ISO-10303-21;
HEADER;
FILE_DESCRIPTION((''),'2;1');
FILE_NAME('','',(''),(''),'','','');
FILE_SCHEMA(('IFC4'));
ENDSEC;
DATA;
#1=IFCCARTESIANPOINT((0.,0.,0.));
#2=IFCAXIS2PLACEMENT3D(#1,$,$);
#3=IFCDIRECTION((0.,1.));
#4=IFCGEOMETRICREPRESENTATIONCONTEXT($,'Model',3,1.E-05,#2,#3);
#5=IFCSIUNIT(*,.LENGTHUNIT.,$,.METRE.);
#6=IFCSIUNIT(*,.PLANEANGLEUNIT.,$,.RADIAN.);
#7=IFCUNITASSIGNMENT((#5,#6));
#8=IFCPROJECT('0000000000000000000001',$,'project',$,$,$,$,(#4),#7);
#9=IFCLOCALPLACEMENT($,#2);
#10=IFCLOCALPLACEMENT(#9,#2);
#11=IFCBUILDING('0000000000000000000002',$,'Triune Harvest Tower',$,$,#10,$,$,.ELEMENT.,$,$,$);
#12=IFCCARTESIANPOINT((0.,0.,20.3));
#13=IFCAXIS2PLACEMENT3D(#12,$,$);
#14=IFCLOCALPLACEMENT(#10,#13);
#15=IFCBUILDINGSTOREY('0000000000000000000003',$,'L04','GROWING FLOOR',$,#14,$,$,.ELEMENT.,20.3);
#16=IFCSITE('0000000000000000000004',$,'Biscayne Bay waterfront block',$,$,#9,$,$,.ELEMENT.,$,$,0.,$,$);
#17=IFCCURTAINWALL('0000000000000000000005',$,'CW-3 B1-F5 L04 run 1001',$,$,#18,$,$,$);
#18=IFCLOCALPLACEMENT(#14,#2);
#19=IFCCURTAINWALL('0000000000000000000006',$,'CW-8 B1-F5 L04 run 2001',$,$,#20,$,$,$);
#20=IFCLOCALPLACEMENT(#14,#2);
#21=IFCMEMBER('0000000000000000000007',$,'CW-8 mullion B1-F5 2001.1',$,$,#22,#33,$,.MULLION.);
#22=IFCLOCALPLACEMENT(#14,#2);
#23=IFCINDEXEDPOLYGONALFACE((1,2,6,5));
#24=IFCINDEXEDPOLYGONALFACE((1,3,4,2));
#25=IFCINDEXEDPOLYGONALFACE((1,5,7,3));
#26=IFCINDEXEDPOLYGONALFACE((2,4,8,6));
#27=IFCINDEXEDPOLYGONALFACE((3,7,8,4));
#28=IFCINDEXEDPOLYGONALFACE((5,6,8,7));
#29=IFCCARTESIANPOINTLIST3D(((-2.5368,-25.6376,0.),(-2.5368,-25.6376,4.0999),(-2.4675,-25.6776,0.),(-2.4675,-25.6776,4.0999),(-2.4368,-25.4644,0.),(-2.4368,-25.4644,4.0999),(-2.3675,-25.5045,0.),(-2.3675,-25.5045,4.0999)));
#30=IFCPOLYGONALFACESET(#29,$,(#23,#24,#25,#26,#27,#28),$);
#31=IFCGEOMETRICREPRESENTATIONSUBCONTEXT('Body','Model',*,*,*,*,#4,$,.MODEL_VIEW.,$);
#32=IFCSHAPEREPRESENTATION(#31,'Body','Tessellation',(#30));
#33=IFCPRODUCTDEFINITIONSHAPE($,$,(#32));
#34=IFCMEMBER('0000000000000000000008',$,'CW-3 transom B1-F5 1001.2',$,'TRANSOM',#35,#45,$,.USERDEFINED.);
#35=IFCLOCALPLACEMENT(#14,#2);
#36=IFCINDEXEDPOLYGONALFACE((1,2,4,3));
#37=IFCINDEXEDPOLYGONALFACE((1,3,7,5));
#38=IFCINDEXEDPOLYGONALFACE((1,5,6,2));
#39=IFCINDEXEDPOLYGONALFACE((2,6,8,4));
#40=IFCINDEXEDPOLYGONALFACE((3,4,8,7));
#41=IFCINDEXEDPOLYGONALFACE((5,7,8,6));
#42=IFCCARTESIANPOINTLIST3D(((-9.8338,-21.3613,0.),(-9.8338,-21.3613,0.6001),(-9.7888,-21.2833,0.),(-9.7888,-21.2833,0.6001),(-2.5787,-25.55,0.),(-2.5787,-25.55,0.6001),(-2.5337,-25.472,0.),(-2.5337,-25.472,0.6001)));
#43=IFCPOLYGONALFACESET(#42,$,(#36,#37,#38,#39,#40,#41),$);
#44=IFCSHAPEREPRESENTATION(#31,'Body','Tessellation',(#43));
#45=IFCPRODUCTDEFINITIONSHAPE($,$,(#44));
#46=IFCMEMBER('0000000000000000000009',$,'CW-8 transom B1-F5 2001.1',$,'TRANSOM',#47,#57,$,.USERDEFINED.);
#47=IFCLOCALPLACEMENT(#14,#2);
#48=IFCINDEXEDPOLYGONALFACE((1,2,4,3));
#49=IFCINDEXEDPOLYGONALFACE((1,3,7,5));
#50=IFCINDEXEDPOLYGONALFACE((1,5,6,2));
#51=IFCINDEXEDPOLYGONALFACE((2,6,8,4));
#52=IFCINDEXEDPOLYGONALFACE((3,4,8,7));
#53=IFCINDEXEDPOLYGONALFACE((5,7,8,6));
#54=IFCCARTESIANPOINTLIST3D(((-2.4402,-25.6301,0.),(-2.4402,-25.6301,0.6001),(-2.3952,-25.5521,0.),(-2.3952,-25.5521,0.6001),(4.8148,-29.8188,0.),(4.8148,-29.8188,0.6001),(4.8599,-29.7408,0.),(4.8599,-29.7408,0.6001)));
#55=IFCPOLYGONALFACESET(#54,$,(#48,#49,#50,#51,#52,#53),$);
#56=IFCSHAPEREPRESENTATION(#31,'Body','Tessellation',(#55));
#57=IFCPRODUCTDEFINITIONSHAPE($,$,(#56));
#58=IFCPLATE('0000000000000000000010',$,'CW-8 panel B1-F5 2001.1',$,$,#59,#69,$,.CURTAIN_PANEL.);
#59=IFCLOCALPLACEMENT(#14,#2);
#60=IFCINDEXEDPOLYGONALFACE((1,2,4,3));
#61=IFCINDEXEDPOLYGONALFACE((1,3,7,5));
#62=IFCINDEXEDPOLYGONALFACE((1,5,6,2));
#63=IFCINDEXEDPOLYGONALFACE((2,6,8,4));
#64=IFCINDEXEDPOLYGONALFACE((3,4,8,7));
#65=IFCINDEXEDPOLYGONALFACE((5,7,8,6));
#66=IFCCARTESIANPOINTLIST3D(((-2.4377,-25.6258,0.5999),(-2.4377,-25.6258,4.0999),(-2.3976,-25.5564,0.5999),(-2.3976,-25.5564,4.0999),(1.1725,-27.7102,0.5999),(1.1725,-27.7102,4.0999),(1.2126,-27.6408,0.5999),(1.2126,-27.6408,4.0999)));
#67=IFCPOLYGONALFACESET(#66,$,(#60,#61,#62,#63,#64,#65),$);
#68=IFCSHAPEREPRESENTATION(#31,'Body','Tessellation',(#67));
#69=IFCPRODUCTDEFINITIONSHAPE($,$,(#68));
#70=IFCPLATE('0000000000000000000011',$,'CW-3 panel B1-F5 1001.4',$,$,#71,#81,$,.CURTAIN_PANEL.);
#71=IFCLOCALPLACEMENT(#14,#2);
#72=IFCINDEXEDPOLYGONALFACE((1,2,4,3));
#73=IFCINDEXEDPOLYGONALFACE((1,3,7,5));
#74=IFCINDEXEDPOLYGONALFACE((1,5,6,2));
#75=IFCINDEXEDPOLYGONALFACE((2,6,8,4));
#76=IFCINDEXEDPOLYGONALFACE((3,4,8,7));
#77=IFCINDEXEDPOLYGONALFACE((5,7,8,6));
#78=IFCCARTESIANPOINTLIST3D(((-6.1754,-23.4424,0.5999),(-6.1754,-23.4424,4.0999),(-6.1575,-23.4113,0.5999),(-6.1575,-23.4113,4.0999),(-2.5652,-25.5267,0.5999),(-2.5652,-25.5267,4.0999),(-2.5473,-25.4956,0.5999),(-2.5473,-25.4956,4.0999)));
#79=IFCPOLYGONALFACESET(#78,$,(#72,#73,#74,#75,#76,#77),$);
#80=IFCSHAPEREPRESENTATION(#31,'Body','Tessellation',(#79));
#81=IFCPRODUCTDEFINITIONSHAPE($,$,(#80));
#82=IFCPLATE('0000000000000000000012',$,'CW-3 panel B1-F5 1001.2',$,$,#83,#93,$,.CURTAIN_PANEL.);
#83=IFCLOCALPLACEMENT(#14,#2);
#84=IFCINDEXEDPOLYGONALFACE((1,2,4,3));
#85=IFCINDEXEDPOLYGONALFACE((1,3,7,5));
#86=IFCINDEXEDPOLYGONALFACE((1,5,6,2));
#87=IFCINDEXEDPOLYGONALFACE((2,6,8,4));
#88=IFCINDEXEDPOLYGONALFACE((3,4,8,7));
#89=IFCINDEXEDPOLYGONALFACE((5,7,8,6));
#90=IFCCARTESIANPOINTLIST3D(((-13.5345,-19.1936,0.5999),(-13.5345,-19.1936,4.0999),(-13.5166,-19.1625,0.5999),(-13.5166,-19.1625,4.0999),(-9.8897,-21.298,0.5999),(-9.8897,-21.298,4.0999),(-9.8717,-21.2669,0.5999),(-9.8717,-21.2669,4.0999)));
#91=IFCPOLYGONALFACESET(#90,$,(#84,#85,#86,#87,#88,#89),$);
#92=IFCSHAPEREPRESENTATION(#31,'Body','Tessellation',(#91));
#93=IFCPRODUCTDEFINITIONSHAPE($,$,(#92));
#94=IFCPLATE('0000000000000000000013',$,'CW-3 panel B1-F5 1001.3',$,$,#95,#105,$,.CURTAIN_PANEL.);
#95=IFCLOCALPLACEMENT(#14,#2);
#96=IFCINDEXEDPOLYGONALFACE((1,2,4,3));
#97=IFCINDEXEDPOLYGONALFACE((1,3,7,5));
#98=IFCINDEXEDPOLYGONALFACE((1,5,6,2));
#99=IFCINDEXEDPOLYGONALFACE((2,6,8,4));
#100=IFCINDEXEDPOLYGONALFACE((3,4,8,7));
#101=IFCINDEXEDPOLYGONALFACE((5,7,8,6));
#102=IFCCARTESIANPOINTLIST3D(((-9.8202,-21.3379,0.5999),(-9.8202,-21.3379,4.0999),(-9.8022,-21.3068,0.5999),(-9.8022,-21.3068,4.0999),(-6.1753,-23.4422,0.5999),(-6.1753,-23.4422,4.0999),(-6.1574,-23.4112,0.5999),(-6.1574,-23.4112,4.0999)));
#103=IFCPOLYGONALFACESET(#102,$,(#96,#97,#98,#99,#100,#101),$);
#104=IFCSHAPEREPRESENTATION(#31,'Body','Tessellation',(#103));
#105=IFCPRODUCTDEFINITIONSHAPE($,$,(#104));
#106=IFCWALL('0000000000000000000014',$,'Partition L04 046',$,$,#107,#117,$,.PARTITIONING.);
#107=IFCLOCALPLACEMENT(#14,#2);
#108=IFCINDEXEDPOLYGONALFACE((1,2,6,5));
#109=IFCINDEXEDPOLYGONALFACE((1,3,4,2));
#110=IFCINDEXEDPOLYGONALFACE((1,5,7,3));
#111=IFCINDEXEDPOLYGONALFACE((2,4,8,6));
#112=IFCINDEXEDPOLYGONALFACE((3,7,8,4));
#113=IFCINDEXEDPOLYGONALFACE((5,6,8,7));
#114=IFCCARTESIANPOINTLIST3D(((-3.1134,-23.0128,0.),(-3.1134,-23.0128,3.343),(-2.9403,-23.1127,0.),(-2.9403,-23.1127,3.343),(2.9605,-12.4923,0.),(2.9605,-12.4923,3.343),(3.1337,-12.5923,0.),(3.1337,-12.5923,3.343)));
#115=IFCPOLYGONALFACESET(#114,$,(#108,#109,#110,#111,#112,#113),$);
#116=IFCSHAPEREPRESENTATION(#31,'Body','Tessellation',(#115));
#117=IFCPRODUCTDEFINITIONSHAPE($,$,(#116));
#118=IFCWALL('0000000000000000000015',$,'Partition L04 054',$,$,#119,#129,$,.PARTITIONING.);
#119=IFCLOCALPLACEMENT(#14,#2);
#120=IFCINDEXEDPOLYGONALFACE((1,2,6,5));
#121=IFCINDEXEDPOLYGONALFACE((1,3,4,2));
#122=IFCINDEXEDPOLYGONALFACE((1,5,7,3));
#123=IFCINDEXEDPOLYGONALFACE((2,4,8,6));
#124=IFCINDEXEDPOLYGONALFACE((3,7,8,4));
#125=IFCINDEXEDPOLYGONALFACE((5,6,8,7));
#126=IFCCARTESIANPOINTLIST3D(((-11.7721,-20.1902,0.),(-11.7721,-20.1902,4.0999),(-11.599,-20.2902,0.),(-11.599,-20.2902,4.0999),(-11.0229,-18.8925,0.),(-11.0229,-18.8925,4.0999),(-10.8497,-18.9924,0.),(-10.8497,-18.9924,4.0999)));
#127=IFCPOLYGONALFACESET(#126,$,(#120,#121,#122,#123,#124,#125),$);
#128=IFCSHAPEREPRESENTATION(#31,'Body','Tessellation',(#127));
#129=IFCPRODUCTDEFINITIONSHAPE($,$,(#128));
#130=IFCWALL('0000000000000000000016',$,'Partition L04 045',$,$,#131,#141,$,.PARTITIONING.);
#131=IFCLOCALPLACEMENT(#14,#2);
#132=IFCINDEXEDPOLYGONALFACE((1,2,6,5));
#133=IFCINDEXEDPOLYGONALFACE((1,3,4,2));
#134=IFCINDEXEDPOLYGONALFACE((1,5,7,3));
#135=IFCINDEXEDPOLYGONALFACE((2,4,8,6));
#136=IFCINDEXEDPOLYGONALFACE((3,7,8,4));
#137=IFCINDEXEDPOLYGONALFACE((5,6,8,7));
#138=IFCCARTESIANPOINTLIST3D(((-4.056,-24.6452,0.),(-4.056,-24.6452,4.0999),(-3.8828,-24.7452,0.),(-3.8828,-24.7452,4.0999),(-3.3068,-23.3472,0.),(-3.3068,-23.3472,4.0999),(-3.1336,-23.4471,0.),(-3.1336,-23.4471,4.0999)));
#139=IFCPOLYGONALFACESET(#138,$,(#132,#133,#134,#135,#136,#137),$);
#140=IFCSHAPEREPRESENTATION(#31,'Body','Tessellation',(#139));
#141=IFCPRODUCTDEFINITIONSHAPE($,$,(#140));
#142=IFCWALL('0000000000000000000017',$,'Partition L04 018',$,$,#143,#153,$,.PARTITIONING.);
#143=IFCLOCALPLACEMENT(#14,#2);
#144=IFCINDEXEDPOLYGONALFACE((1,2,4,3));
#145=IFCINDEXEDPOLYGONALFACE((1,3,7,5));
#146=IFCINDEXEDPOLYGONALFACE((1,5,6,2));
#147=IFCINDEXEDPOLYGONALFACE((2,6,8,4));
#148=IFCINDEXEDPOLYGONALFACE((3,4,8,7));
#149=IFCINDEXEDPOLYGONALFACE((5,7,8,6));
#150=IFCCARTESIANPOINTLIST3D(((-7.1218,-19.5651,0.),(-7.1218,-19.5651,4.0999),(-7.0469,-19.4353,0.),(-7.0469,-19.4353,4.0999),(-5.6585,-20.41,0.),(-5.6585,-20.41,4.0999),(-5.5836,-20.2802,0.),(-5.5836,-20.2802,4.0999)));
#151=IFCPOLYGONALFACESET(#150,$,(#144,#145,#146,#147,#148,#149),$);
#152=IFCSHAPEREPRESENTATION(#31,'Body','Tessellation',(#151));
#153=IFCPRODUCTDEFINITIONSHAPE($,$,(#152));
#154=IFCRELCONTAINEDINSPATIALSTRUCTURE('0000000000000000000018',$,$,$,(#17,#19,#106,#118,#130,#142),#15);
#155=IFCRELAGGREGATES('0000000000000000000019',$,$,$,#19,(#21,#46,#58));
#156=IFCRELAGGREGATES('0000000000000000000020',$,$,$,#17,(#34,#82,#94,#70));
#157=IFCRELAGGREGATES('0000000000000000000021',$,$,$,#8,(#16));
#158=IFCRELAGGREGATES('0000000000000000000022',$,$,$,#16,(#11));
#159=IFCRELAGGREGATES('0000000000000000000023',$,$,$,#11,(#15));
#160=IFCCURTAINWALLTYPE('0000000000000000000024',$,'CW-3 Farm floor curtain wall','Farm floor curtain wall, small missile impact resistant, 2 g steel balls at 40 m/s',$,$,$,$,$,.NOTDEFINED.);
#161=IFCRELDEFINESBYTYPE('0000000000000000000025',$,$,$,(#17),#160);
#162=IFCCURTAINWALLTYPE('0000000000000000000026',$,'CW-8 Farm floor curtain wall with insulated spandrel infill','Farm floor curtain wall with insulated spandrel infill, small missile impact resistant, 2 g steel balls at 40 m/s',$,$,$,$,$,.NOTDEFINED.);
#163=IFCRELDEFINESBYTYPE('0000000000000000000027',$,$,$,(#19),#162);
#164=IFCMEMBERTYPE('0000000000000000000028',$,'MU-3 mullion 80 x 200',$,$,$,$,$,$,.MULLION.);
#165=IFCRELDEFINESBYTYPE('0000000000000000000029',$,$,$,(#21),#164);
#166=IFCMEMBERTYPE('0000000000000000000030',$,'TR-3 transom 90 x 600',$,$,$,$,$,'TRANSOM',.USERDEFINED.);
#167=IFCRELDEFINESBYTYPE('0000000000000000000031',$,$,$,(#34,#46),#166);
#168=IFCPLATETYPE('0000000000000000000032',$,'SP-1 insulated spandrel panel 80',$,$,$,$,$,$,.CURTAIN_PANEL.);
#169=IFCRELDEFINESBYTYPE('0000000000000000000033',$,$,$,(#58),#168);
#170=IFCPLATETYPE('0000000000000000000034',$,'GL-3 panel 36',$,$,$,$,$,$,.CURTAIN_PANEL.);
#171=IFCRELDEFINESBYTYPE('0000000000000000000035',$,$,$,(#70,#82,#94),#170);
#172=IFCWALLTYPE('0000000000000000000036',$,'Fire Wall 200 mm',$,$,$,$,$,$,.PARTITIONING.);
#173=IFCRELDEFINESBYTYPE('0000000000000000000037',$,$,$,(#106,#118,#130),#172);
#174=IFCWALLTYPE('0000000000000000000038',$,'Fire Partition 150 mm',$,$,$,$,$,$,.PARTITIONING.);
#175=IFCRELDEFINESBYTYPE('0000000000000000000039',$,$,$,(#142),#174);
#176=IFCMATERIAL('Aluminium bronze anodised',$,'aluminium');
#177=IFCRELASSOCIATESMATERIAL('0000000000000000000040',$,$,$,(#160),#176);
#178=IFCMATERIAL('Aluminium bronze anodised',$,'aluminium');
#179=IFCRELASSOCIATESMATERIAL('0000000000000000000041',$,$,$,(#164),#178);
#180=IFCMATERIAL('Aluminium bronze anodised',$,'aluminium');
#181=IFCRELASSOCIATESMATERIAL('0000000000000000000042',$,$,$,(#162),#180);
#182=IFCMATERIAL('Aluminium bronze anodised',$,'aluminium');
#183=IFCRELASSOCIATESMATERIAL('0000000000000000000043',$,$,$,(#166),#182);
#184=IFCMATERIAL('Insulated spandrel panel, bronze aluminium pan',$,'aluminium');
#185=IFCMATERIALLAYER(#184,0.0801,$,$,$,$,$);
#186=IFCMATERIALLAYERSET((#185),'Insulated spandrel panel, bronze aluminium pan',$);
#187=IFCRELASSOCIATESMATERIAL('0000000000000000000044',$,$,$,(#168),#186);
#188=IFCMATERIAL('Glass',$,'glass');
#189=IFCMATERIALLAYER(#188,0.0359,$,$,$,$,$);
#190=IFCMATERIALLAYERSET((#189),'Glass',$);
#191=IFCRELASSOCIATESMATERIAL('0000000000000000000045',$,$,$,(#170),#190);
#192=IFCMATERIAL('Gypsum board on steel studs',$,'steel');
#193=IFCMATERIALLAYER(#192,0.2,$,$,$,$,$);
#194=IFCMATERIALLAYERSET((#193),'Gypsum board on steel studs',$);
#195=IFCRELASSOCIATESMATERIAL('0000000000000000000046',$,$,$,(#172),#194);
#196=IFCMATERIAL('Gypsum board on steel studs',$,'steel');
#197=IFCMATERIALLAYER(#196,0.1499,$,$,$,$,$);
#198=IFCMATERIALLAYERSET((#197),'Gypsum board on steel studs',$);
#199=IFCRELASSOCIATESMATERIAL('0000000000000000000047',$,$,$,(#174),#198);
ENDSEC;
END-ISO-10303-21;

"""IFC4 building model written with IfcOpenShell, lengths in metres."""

from ifc_helpers import new_model, si_unit, direction, frame, frame_2d, origin, origin_2d, place, context, subcontext, project, spatial, rectangle, extrude, source, transform, mapped, material, layer, layer_set, material_profile, profile_set, type_object, element, aggregate, save


model = new_model("IFC4")

# Units and contexts
model_context = context("Model", 3, precision=1e-05, world=origin(), true_north=direction((0.0, 1.0)))
body_context = subcontext(model_context, "Body", "Model", "MODEL_VIEW")
ifc_project = project(units=[si_unit("LENGTHUNIT", "METRE"), si_unit("PLANEANGLEUNIT", "RADIAN")], contexts=[model_context])

# Site, building, storey
site_placement = place(None, origin())
site = spatial("IfcSite", under=ifc_project, at=site_placement, Name="Biscayne Bay waterfront block", CompositionType="ELEMENT", RefElevation=0.0)
building_placement = place(site_placement, origin())
building = spatial("IfcBuilding", under=site, at=building_placement, Name="Triune Harvest Tower", CompositionType="ELEMENT")
storey_placement = place(building_placement, frame((0.0, 0.0, 20.3)))
storey = spatial("IfcBuildingStorey", under=building, at=storey_placement, Name="L04", Description="GROWING FLOOR", CompositionType="ELEMENT", Elevation=20.3)

# Curtain wall
ifc_material_1 = material(Name="Aluminium bronze anodised", Category="aluminium")
curtain_wall_type_1 = type_object("IfcCurtainWallType", Name="CW-3 Farm floor curtain wall", Description="Farm floor curtain wall, small missile impact resistant, 2 g steel balls at 40 m/s", PredefinedType="NOTDEFINED", material=ifc_material_1)
curtain_wall_1_placement = place(storey_placement, origin())
curtain_wall_1 = element("IfcCurtainWall", 1, at=curtain_wall_1_placement, inside=storey, type_object=curtain_wall_type_1, Name="CW-3 B1-F5 L04 run 1001")
ifc_material_2 = material(Name="Aluminium bronze anodised", Category="aluminium")
ifc_material_profile_1 = material_profile(ifc_material_2, rectangle(XDim=0.2, YDim=0.0801, at=origin_2d()), Name="MU-3 mullion 80 x 200")
ifc_profile_set_1 = profile_set([ifc_material_profile_1], Name="Aluminium bronze anodised")
member_type_1 = type_object("IfcMemberType", Name="MU-3 mullion 80 x 200", PredefinedType="MULLION", material=ifc_profile_set_1)
shared_shape_1 = source(origin(), body_context, "Body", "SweptSolid", [
    extrude(rectangle(XDim=0.2, YDim=0.0801, at=origin_2d()), origin(), (0.0, 0.0, 1.0), 4.0999),
])

# Curtain wall, member
ifc_material_3 = material(Name="Aluminium bronze anodised", Category="aluminium")
curtain_wall_type_2 = type_object("IfcCurtainWallType", Name="CW-8 Farm floor curtain wall with insulated spandrel infill", Description="Farm floor curtain wall with insulated spandrel infill, small missile impact resistant, 2 g steel balls at 40 m/s", PredefinedType="NOTDEFINED", material=ifc_material_3)
curtain_wall_2_placement = place(storey_placement, origin())
curtain_wall_2 = element("IfcCurtainWall", 2, at=curtain_wall_2_placement, inside=storey, type_object=curtain_wall_type_2, Name="CW-8 B1-F5 L04 run 2001")
member_1_placement = place(storey_placement, frame((-2.4521, -25.571, 0.0), z_axis=(0.0, 0.0, 1.0), x_axis=(0.500001, 0.866025, 0.0)))
member_1 = element("IfcMember", 3, at=member_1_placement, type_object=member_type_1, Name="CW-8 mullion B1-F5 2001.1", PredefinedType="MULLION", context=body_context, shape_type="MappedRepresentation", body=[
    mapped(shared_shape_1, transform((0.0, 0.0, 0.0), scale=1.0)),
])

# Members
ifc_material_4 = material(Name="Aluminium bronze anodised", Category="aluminium")
ifc_material_profile_2 = material_profile(ifc_material_4, rectangle(XDim=0.0901, YDim=0.6001, at=origin_2d()), Name="TR-3 transom 90 x 600")
ifc_profile_set_2 = profile_set([ifc_material_profile_2], Name="Aluminium bronze anodised")
member_type_2 = type_object("IfcMemberType", Name="TR-3 transom 90 x 600", ElementType="TRANSOM", PredefinedType="USERDEFINED", material=ifc_profile_set_2)
shared_shape_2 = source(origin(), body_context, "Body", "SweptSolid", [
    extrude(rectangle(XDim=0.0901, YDim=0.6001, at=origin_2d()), origin(), (0.0, 0.0, 1.0), 8.3774),
])
member_2_placement = place(storey_placement, frame((-9.8113, -21.3223, 0.3), z_axis=(0.866027, -0.499997, 0.0), x_axis=(0.499997, 0.866027, 0.0)))
member_2 = element("IfcMember", 4, at=member_2_placement, type_object=member_type_2, Name="CW-3 transom B1-F5 1001.2", ObjectType="TRANSOM", PredefinedType="USERDEFINED", context=body_context, shape_type="MappedRepresentation", body=[
    mapped(shared_shape_2, transform((0.0, 0.0, 0.0), scale=1.0)),
])
member_3_placement = place(storey_placement, frame((-2.4177, -25.5911, 0.3), z_axis=(0.866027, -0.499997, 0.0), x_axis=(0.499997, 0.866027, 0.0)))
member_3 = element("IfcMember", 5, at=member_3_placement, type_object=member_type_2, Name="CW-8 transom B1-F5 2001.1", ObjectType="TRANSOM", PredefinedType="USERDEFINED", context=body_context, shape_type="MappedRepresentation", body=[
    mapped(shared_shape_2, transform((0.0, 0.0, 0.0), scale=1.0)),
])

# Plates
ifc_material_5 = material(Name="Insulated spandrel panel, bronze aluminium pan", Category="aluminium")
ifc_layer_1 = layer(ifc_material_5, 0.0801)
ifc_layer_set_1 = layer_set([ifc_layer_1], Name="Insulated spandrel panel, bronze aluminium pan")
plate_type_1 = type_object("IfcPlateType", Name="SP-1 insulated spandrel panel 80", PredefinedType="CURTAIN_PANEL", material=ifc_layer_set_1)
shared_shape_3 = source(origin(), body_context, "Body", "SweptSolid", [
    extrude(rectangle(XDim=4.1687, YDim=0.0801, at=origin_2d()), origin(), (0.0, 0.0, 1.0), 3.5),
])
plate_1_placement = place(storey_placement, frame((-0.6125, -26.6333, 0.5999), z_axis=(0.0, 0.0, 1.0), x_axis=(0.866025, -0.500001, 0.0)))
plate_1 = element("IfcPlate", 6, at=plate_1_placement, type_object=plate_type_1, Name="CW-8 panel B1-F5 2001.1", PredefinedType="CURTAIN_PANEL", context=body_context, shape_type="MappedRepresentation", body=[
    mapped(shared_shape_3, transform((0.0, 0.0, 0.0), scale=1.0)),
])
aggregate(curtain_wall_2, [member_1, member_3, plate_1])
ifc_material_6 = material(Name="Glass", Category="glass")
ifc_layer_2 = layer(ifc_material_6, 0.0359)
ifc_layer_set_2 = layer_set([ifc_layer_2], Name="Glass")
plate_type_2 = type_object("IfcPlateType", Name="GL-3 panel 36", PredefinedType="CURTAIN_PANEL", material=ifc_layer_set_2)
shared_shape_4 = source(origin(), body_context, "Body", "SweptSolid", [
    extrude(rectangle(XDim=4.1687, YDim=0.0359, at=origin_2d()), origin(), (0.0, 0.0, 1.0), 3.5),
])
plate_2_placement = place(storey_placement, frame((-4.3613, -24.469, 0.5999), z_axis=(0.0, 0.0, 1.0), x_axis=(0.866025, -0.5, 0.0)))
plate_2 = element("IfcPlate", 7, at=plate_2_placement, type_object=plate_type_2, Name="CW-3 panel B1-F5 1001.4", PredefinedType="CURTAIN_PANEL", context=body_context, shape_type="MappedRepresentation", body=[
    mapped(shared_shape_4, transform((0.0, 0.0, 0.0), scale=1.0)),
])
shared_shape_5 = source(origin(), body_context, "Body", "SweptSolid", [
    extrude(rectangle(XDim=4.2087, YDim=0.0359, at=origin_2d()), origin(), (0.0, 0.0, 1.0), 3.5),
])
plate_3_placement = place(storey_placement, frame((-11.7031, -20.2302, 0.5999), z_axis=(0.0, 0.0, 1.0), x_axis=(0.866025, -0.5, 0.0)))
plate_3 = element("IfcPlate", 8, at=plate_3_placement, type_object=plate_type_2, Name="CW-3 panel B1-F5 1001.2", PredefinedType="CURTAIN_PANEL", context=body_context, shape_type="MappedRepresentation", body=[
    mapped(shared_shape_5, transform((0.0, 0.0, 0.0), scale=1.0)),
])
plate_4_placement = place(storey_placement, frame((-7.9888, -22.3745, 0.5999), z_axis=(0.0, 0.0, 1.0), x_axis=(0.866025, -0.5, 0.0)))
plate_4 = element("IfcPlate", 9, at=plate_4_placement, type_object=plate_type_2, Name="CW-3 panel B1-F5 1001.3", PredefinedType="CURTAIN_PANEL", context=body_context, shape_type="MappedRepresentation", body=[
    mapped(shared_shape_5, transform((0.0, 0.0, 0.0), scale=1.0)),
])
aggregate(curtain_wall_1, [member_2, plate_3, plate_4, plate_2])

# Walls
ifc_material_7 = material(Name="Gypsum board on steel studs", Category="steel")
ifc_layer_3 = layer(ifc_material_7, 0.2)
ifc_layer_set_3 = layer_set([ifc_layer_3], Name="Gypsum board on steel studs")
wall_type_1 = type_object("IfcWallType", Name="Fire Wall 200 mm", PredefinedType="PARTITIONING", material=ifc_layer_set_3)
shared_shape_6 = source(origin(), body_context, "Body", "SweptSolid", [
    extrude(rectangle(XDim=12.1479, YDim=0.2, at=frame_2d((6.074, 0.0))), origin(), (0.0, 0.0, 1.0), 3.343),
])
wall_1_placement = place(storey_placement, frame((-3.0269, -23.0627, 0.0), z_axis=(0.0, 0.0, 1.0), x_axis=(0.499997, 0.866027, 0.0)))
element("IfcWall", 10, at=wall_1_placement, inside=storey, type_object=wall_type_1, Name="Partition L04 046", PredefinedType="PARTITIONING", context=body_context, shape_type="MappedRepresentation", body=[
    mapped(shared_shape_6, transform((0.0, 0.0, 0.0), scale=1.0)),
])
shared_shape_7 = source(origin(), body_context, "Body", "SweptSolid", [
    extrude(rectangle(XDim=1.4985, YDim=0.2, at=frame_2d((0.7493, 0.0))), origin(), (0.0, 0.0, 1.0), 4.0999),
])
wall_2_placement = place(storey_placement, frame((-11.6855, -20.2402, 0.0), z_axis=(0.0, 0.0, 1.0), x_axis=(0.499976, 0.866039, 0.0)))
element("IfcWall", 11, at=wall_2_placement, inside=storey, type_object=wall_type_1, Name="Partition L04 054", PredefinedType="PARTITIONING", context=body_context, shape_type="MappedRepresentation", body=[
    mapped(shared_shape_7, transform((0.0, 0.0, 0.0), scale=1.0)),
])
shared_shape_8 = source(origin(), body_context, "Body", "SweptSolid", [
    extrude(rectangle(XDim=1.4988, YDim=0.2, at=frame_2d((0.7495, 0.0))), origin(), (0.0, 0.0, 1.0), 4.0999),
])
wall_3_placement = place(storey_placement, frame((-3.9695, -24.6953, 0.0), z_axis=(0.0, 0.0, 1.0), x_axis=(0.499906, 0.86608, 0.0)))
element("IfcWall", 12, at=wall_3_placement, inside=storey, type_object=wall_type_1, Name="Partition L04 045", PredefinedType="PARTITIONING", context=body_context, shape_type="MappedRepresentation", body=[
    mapped(shared_shape_8, transform((0.0, 0.0, 0.0), scale=1.0)),
])
ifc_material_8 = material(Name="Gypsum board on steel studs", Category="steel")
ifc_layer_4 = layer(ifc_material_8, 0.1499)
ifc_layer_set_4 = layer_set([ifc_layer_4], Name="Gypsum board on steel studs")
wall_type_2 = type_object("IfcWallType", Name="Fire Partition 150 mm", PredefinedType="PARTITIONING", material=ifc_layer_set_4)
shared_shape_9 = source(origin(), body_context, "Body", "SweptSolid", [
    extrude(rectangle(XDim=1.6897, YDim=0.1499, at=frame_2d((0.8447, 0.0))), origin(), (0.0, 0.0, 1.0), 4.0999),
])
wall_4_placement = place(storey_placement, frame((-7.0842, -19.5002, 0.0), z_axis=(0.0, 0.0, 1.0), x_axis=(0.866003, -0.500039, 0.0)))
element("IfcWall", 13, at=wall_4_placement, inside=storey, type_object=wall_type_2, Name="Partition L04 018", PredefinedType="PARTITIONING", context=body_context, shape_type="MappedRepresentation", body=[
    mapped(shared_shape_9, transform((0.0, 0.0, 0.0), scale=1.0)),
])

save(model, "model.ifc")
